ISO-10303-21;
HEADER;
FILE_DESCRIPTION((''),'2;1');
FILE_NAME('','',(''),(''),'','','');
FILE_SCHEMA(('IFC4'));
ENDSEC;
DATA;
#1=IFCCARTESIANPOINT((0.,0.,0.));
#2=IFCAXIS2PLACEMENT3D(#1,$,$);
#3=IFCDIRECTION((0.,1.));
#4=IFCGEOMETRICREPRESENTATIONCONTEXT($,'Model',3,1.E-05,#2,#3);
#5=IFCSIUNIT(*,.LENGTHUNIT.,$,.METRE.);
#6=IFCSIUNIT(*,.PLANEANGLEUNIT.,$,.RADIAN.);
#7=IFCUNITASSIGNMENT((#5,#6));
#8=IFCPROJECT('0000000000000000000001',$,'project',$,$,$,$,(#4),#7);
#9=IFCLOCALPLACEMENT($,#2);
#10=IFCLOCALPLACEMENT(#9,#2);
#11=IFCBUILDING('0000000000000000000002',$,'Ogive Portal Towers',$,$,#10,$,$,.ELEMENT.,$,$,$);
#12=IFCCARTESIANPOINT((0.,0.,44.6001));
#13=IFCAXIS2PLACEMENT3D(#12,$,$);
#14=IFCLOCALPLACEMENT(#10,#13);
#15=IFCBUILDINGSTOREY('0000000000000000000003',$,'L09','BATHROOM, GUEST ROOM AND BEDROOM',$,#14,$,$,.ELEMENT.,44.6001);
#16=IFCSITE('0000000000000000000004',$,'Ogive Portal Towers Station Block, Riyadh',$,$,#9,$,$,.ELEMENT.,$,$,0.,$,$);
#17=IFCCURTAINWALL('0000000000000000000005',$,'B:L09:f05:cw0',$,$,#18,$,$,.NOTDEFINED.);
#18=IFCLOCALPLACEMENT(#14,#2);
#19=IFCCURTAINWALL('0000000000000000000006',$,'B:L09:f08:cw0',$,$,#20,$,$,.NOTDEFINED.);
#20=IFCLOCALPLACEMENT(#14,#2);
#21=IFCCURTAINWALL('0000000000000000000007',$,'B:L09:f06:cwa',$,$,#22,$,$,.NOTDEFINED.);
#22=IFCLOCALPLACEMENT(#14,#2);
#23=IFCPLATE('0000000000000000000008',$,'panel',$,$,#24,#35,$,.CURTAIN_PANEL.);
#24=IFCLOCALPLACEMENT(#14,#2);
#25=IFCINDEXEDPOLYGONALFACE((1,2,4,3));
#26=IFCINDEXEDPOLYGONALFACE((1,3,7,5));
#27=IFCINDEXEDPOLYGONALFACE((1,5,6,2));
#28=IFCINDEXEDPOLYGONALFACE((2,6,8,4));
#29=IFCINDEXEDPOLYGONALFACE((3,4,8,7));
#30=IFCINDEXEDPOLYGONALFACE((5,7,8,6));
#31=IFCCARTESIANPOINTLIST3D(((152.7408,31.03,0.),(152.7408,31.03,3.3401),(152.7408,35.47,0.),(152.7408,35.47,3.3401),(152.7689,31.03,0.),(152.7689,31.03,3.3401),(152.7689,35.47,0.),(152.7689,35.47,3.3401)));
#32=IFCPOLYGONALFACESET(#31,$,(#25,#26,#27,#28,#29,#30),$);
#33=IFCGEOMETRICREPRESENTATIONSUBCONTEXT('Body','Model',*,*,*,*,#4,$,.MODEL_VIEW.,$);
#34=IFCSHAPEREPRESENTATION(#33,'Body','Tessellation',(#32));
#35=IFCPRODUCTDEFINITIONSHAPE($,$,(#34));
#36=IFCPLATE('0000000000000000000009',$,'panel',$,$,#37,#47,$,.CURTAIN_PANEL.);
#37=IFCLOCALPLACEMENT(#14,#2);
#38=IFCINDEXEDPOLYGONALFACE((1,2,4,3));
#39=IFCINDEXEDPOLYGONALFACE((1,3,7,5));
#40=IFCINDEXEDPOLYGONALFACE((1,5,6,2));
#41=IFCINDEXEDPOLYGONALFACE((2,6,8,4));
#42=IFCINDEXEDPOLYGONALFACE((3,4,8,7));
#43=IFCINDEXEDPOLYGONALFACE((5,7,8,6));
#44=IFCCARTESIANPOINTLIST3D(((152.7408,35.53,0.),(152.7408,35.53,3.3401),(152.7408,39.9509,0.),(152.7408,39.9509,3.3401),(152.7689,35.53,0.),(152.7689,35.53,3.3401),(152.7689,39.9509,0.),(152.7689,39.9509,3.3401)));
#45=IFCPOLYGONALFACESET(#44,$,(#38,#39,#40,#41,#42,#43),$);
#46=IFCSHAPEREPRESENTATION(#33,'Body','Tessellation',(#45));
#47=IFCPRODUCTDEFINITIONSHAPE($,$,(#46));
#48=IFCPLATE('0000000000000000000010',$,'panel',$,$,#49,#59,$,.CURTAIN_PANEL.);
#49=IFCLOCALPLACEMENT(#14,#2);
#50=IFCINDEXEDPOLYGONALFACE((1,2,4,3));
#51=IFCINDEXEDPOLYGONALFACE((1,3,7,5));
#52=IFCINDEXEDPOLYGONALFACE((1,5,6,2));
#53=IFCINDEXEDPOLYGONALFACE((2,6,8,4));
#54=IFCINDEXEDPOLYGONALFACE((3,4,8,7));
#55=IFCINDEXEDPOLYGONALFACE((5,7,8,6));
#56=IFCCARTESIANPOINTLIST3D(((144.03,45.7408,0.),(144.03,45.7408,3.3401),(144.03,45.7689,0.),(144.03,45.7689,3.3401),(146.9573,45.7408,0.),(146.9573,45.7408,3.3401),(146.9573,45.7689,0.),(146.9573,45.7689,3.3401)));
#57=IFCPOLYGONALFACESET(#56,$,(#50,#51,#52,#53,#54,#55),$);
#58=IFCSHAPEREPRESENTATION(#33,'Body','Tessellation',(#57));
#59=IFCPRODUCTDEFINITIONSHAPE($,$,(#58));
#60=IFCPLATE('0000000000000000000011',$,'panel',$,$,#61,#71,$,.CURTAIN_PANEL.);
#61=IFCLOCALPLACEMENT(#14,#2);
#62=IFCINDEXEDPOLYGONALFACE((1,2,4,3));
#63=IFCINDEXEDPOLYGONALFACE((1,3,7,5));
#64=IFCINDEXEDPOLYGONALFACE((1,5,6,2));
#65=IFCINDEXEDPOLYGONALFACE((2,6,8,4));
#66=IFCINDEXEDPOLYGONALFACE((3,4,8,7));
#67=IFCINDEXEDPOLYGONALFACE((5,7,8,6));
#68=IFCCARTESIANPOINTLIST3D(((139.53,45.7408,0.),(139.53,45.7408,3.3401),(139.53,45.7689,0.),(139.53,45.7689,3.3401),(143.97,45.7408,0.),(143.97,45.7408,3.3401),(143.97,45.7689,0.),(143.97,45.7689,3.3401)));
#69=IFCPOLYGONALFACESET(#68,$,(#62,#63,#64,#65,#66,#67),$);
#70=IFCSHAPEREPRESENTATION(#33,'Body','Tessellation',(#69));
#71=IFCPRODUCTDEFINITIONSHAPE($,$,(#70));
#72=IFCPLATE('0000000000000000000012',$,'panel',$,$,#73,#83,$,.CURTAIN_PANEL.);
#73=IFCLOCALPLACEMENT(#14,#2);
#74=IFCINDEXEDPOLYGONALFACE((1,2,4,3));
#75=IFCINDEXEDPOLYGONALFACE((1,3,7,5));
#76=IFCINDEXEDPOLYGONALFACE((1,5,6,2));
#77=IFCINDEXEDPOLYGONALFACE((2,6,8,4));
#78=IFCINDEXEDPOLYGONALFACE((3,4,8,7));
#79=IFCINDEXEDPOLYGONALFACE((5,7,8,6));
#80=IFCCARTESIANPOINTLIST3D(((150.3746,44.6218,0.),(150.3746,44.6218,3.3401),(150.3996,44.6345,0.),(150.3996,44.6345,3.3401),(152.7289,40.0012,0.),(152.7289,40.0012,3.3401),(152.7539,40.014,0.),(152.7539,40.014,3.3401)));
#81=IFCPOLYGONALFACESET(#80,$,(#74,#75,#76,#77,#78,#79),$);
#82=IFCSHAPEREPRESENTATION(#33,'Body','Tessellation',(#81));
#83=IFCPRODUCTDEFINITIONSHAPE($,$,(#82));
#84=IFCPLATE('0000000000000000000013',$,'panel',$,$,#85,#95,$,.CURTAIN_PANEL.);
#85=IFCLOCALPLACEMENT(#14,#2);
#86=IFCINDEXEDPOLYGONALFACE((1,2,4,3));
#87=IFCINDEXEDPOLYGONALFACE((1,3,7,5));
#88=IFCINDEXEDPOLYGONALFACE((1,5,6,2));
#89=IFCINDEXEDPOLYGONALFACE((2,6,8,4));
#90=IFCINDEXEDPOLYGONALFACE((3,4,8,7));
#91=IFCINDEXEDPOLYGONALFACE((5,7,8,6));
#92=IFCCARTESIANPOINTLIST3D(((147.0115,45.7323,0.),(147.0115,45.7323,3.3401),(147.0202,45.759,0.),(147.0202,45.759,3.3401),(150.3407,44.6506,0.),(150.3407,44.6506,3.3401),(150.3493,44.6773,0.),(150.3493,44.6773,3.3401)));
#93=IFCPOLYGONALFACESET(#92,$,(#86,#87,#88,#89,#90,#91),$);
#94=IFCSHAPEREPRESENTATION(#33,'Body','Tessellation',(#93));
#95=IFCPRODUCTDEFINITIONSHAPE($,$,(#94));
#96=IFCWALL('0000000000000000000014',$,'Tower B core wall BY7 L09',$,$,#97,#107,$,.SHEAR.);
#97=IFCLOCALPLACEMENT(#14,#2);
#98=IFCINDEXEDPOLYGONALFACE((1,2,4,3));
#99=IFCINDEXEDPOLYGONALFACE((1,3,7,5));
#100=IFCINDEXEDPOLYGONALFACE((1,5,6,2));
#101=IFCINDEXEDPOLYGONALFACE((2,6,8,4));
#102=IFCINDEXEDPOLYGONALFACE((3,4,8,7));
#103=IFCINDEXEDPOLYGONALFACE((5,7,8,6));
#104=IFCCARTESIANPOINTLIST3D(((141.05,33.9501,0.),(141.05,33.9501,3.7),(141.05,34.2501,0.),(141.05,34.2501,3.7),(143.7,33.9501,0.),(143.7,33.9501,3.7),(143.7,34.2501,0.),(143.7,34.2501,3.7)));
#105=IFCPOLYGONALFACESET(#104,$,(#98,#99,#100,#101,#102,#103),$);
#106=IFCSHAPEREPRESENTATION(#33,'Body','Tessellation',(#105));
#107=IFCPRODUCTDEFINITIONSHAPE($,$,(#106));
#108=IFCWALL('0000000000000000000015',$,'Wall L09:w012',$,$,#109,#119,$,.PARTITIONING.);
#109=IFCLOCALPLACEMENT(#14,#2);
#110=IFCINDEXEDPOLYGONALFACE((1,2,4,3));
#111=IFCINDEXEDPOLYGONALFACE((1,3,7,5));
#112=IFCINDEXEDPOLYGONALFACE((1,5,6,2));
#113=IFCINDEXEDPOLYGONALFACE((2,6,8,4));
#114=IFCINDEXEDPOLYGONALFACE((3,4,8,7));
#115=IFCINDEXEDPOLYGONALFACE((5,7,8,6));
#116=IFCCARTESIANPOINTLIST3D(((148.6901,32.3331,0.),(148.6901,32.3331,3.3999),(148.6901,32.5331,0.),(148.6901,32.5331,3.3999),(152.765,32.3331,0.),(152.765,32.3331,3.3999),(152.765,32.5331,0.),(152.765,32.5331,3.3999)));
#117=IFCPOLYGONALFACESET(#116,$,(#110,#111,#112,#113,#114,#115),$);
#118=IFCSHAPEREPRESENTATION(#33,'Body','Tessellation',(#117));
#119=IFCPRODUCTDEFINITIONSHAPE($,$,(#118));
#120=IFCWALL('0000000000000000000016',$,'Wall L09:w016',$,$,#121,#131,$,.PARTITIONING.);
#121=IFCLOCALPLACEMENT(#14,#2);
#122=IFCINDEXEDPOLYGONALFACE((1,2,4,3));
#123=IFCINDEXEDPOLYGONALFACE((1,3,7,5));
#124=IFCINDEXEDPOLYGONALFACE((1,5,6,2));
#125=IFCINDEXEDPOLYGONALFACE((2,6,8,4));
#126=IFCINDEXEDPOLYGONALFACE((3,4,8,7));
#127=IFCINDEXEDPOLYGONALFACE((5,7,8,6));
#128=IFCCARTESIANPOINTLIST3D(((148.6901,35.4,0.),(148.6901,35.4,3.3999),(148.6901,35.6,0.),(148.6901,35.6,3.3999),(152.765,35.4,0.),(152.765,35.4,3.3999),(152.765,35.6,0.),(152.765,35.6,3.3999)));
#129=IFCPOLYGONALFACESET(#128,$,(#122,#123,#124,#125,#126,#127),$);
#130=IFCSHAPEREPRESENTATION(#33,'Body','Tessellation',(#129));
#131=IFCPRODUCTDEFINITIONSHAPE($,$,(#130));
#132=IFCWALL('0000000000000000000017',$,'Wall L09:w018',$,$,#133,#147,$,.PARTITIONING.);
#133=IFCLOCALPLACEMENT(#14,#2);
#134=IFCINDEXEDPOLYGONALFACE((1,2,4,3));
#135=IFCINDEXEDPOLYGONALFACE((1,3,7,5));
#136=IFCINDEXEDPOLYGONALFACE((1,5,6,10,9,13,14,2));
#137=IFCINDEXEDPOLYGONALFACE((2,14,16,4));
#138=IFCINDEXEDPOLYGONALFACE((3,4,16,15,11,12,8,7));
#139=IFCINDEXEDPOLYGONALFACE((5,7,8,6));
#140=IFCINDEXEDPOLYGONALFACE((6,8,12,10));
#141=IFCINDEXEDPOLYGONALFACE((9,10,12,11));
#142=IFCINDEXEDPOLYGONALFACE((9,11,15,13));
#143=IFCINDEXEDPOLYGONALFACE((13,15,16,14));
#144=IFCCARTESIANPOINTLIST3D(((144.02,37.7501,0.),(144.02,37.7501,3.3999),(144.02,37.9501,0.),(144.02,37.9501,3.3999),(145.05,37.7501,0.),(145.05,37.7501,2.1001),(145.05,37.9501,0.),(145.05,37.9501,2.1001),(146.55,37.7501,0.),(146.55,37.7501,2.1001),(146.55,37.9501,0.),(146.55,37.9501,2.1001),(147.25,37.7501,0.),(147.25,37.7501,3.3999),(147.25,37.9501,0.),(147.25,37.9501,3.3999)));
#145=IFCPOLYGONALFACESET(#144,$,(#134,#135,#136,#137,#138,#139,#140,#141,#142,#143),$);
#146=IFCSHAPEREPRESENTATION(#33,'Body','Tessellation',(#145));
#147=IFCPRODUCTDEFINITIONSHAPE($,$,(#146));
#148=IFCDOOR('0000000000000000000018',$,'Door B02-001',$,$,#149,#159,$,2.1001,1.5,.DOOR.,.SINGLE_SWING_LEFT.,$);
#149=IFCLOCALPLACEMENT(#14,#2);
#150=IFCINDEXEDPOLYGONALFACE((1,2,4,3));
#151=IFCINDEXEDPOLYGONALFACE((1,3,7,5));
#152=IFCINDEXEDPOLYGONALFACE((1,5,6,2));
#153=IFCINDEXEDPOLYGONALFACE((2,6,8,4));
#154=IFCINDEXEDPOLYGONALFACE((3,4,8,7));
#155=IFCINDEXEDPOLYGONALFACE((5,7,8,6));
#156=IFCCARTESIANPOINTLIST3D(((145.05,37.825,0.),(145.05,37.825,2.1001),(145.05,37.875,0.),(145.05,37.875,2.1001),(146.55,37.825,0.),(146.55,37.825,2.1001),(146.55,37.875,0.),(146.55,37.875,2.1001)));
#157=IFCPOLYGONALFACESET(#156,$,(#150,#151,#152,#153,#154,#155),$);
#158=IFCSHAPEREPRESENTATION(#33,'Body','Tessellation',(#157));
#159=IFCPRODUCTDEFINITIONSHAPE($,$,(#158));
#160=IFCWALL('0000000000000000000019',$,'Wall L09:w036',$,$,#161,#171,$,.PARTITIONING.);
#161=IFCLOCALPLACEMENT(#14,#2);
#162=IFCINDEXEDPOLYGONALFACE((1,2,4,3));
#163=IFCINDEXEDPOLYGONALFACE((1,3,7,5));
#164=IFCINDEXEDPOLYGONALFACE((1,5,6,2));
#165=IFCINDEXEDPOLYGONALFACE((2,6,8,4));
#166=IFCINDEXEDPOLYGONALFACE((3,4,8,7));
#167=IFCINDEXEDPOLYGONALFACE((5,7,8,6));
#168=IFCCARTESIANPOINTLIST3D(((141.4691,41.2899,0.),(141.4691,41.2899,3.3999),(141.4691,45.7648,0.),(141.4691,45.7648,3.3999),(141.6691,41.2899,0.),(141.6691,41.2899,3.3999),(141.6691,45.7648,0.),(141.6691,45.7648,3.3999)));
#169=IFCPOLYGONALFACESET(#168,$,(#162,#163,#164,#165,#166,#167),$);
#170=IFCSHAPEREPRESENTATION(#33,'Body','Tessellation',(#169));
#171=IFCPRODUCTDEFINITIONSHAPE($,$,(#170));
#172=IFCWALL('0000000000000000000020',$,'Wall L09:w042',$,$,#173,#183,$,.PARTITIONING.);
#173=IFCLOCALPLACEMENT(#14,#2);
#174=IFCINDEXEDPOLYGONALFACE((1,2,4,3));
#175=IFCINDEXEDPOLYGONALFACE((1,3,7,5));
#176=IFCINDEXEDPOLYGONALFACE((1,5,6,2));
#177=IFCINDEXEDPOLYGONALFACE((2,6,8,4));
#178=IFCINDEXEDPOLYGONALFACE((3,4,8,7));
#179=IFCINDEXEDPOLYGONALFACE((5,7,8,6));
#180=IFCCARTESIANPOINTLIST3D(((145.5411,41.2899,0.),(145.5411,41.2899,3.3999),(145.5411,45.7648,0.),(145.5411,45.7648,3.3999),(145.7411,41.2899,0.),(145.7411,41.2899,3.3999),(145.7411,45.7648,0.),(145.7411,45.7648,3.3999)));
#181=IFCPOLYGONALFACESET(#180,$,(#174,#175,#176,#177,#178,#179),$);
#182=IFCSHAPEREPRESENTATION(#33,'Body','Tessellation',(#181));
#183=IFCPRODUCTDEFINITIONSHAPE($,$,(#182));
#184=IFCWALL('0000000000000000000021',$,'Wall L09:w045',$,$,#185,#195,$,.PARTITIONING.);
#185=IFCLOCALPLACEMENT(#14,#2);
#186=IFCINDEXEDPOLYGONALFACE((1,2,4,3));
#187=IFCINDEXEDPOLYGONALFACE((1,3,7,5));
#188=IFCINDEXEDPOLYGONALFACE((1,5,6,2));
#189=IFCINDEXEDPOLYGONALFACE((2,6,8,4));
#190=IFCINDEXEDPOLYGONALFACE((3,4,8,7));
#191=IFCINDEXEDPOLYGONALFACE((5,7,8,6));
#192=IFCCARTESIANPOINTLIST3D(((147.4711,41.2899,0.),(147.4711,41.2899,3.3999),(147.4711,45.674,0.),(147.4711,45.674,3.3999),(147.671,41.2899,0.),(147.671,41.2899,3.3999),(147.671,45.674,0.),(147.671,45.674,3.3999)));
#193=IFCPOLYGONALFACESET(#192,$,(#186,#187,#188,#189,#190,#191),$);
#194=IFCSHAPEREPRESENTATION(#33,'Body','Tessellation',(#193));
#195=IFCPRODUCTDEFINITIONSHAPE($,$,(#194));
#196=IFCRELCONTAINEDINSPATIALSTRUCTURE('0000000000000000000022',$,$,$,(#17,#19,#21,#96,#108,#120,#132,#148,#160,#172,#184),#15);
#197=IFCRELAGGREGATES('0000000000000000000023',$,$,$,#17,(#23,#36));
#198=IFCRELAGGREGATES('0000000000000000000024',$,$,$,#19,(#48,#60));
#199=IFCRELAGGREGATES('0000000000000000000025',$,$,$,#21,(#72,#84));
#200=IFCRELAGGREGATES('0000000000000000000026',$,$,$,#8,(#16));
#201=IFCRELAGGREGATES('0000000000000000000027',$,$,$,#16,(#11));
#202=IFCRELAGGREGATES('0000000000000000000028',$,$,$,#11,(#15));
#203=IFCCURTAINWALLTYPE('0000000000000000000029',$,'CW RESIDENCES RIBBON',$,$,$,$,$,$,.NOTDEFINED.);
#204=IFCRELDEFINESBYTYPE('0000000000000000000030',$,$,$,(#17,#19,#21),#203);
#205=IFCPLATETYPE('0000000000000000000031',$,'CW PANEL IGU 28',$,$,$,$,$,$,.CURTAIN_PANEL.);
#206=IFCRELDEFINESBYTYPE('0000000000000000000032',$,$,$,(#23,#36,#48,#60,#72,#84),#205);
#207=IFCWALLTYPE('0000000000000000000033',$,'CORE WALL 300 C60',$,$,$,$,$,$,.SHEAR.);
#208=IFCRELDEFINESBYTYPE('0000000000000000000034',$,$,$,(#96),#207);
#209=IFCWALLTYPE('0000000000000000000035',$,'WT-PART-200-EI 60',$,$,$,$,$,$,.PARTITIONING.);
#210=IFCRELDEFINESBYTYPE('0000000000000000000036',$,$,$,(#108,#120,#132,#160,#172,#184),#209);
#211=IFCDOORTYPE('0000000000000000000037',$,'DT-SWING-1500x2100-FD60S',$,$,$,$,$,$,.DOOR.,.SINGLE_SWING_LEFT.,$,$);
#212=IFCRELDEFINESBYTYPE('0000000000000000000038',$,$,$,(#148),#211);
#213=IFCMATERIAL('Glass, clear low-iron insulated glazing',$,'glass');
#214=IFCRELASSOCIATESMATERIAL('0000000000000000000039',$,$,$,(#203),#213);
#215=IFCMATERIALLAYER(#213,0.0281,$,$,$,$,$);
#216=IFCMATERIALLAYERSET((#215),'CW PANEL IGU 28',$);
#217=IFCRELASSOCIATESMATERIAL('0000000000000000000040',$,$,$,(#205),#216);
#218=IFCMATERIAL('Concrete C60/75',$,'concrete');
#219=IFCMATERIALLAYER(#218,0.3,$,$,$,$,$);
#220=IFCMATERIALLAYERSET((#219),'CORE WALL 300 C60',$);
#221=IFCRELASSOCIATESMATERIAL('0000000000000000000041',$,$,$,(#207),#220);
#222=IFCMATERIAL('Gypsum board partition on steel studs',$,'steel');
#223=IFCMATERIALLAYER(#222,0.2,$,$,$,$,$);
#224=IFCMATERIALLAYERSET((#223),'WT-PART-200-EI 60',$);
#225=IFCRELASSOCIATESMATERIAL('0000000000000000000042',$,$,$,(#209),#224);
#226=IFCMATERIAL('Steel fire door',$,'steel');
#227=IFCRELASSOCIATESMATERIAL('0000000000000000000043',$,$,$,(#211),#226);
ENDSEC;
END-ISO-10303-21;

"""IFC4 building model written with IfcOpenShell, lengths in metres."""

from ifc_helpers import new_model, si_unit, direction, frame, frame_2d, origin, origin_2d, place, context, subcontext, project, spatial, rectangle, extrude, material, layer, layer_set, type_object, element, fill, aggregate, save


model = new_model("IFC4")

# Units and contexts
model_context = context("Model", 3, precision=1e-05, world=origin(), true_north=direction((0.0, 1.0)))
body_context = subcontext(model_context, "Body", "Model", "MODEL_VIEW")
ifc_project = project(units=[si_unit("LENGTHUNIT", "METRE"), si_unit("PLANEANGLEUNIT", "RADIAN")], contexts=[model_context])

# Site, building, storey
site_placement = place(None, origin())
site = spatial("IfcSite", under=ifc_project, at=site_placement, Name="Ogive Portal Towers Station Block, Riyadh", CompositionType="ELEMENT", RefElevation=0.0)
building_placement = place(site_placement, origin())
building = spatial("IfcBuilding", under=site, at=building_placement, Name="Ogive Portal Towers", CompositionType="ELEMENT")
storey_placement = place(building_placement, frame((0.0, 0.0, 44.6001)))
storey = spatial("IfcBuildingStorey", under=building, at=storey_placement, Name="L09", Description="BATHROOM, GUEST ROOM AND BEDROOM", CompositionType="ELEMENT", Elevation=44.6001)

# Shared definitions
ifc_material_1 = material(Name="Concrete C60/75", Category="concrete")

# Curtain walls
ifc_material_2 = material(Name="Glass, clear low-iron insulated glazing", Category="glass")
curtain_wall_type = type_object("IfcCurtainWallType", Name="CW RESIDENCES RIBBON", PredefinedType="NOTDEFINED", material=ifc_material_2)
curtain_wall_1_placement = place(storey_placement, origin())
curtain_wall_1 = element("IfcCurtainWall", 1, at=curtain_wall_1_placement, inside=storey, type_object=curtain_wall_type, Name="B:L09:f05:cw0", PredefinedType="NOTDEFINED")
curtain_wall_2_placement = place(storey_placement, origin())
curtain_wall_2 = element("IfcCurtainWall", 2, at=curtain_wall_2_placement, inside=storey, type_object=curtain_wall_type, Name="B:L09:f08:cw0", PredefinedType="NOTDEFINED")

# Curtain wall
curtain_wall_3_placement = place(storey_placement, origin())
curtain_wall_3 = element("IfcCurtainWall", 3, at=curtain_wall_3_placement, inside=storey, type_object=curtain_wall_type, Name="B:L09:f06:cwa", PredefinedType="NOTDEFINED")

# Plates
ifc_layer_1 = layer(ifc_material_2, 0.0281)
ifc_layer_set_1 = layer_set([ifc_layer_1], Name="CW PANEL IGU 28")
plate_type = type_object("IfcPlateType", Name="CW PANEL IGU 28", PredefinedType="CURTAIN_PANEL", material=ifc_layer_set_1)
plate_1_placement = place(storey_placement, frame((152.7549, 33.25, 0.0), z_axis=(0.0, 0.0, 1.0), x_axis=(0.0, 1.0, 0.0)))
plate_1 = element("IfcPlate", 4, at=plate_1_placement, type_object=plate_type, Name="panel", PredefinedType="CURTAIN_PANEL", context=body_context, shape_type="SweptSolid", body=[
    extrude(rectangle(XDim=4.4399, YDim=0.0281, at=origin_2d()), origin(), (0.0, 0.0, 1.0), 3.3401),
])
plate_2_placement = place(storey_placement, frame((152.7549, 37.7405, 0.0), z_axis=(0.0, 0.0, 1.0), x_axis=(0.0, 1.0, 0.0)))
plate_2 = element("IfcPlate", 5, at=plate_2_placement, type_object=plate_type, Name="panel", PredefinedType="CURTAIN_PANEL", context=body_context, shape_type="SweptSolid", body=[
    extrude(rectangle(XDim=4.4209, YDim=0.0281, at=origin_2d()), origin(), (0.0, 0.0, 1.0), 3.3401),
])
aggregate(curtain_wall_1, [plate_1, plate_2])
plate_3_placement = place(storey_placement, frame((145.4937, 45.7549, 0.0), z_axis=(0.0, 0.0, 1.0), x_axis=(-1.0, 0.0, 0.0)))
plate_3 = element("IfcPlate", 6, at=plate_3_placement, type_object=plate_type, Name="panel", PredefinedType="CURTAIN_PANEL", context=body_context, shape_type="SweptSolid", body=[
    extrude(rectangle(XDim=2.9272, YDim=0.0281, at=origin_2d()), origin(), (0.0, 0.0, 1.0), 3.3401),
])
plate_4_placement = place(storey_placement, frame((141.75, 45.7549, 0.0), z_axis=(0.0, 0.0, 1.0), x_axis=(-1.0, 0.0, 0.0)))
plate_4 = element("IfcPlate", 7, at=plate_4_placement, type_object=plate_type, Name="panel", PredefinedType="CURTAIN_PANEL", context=body_context, shape_type="SweptSolid", body=[
    extrude(rectangle(XDim=4.4399, YDim=0.0281, at=origin_2d()), origin(), (0.0, 0.0, 1.0), 3.3401),
])
aggregate(curtain_wall_2, [plate_3, plate_4])
plate_5_placement = place(storey_placement, frame((151.5642, 42.3179, 0.0), z_axis=(0.0, 0.0, 1.0), x_axis=(-0.45399, 0.891007, 0.0)))
plate_5 = element("IfcPlate", 8, at=plate_5_placement, type_object=plate_type, Name="panel", PredefinedType="CURTAIN_PANEL", context=body_context, shape_type="SweptSolid", body=[
    extrude(rectangle(XDim=5.1858, YDim=0.0281, at=origin_2d()), origin(), (0.0, 0.0, 1.0), 3.3401),
])
plate_6_placement = place(storey_placement, frame((148.6804, 45.2048, 0.0), z_axis=(0.0, 0.0, 1.0), x_axis=(-0.951057, 0.309017, 0.0)))
plate_6 = element("IfcPlate", 9, at=plate_6_placement, type_object=plate_type, Name="panel", PredefinedType="CURTAIN_PANEL", context=body_context, shape_type="SweptSolid", body=[
    extrude(rectangle(XDim=3.5005, YDim=0.0281, at=origin_2d()), origin(), (0.0, 0.0, 1.0), 3.3401),
])
aggregate(curtain_wall_3, [plate_5, plate_6])

# Shared definitions
ifc_layer_2 = layer(ifc_material_1, 0.3)
ifc_layer_set_2 = layer_set([ifc_layer_2], Name="CORE WALL 300 C60")
wall_type_1 = type_object("IfcWallType", Name="CORE WALL 300 C60", PredefinedType="SHEAR", material=ifc_layer_set_2)

# Walls
wall_1_placement = place(storey_placement, frame((141.05, 34.1001, 0.0), z_axis=(0.0, 0.0, 1.0), x_axis=(1.0, 0.0, 0.0)))
element("IfcWall", 10, at=wall_1_placement, inside=storey, type_object=wall_type_1, Name="Tower B core wall BY7 L09", PredefinedType="SHEAR", context=body_context, shape_type="SweptSolid", body=[
    extrude(rectangle(XDim=2.6499, YDim=0.3, at=frame_2d((1.325, 0.0))), origin(), (0.0, 0.0, 1.0), 3.7),
])
ifc_material_3 = material(Name="Gypsum board partition on steel studs", Category="steel")
ifc_layer_3 = layer(ifc_material_3, 0.2)
ifc_layer_set_3 = layer_set([ifc_layer_3], Name="WT-PART-200-EI 60")
wall_type_2 = type_object("IfcWallType", Name="WT-PART-200-EI 60", PredefinedType="PARTITIONING", material=ifc_layer_set_3)
for number, where, z_axis, x_axis, name in (
    (11, (148.6899, 32.4331, 0.0), (0.0, 0.0, 1.0), (1.0, 0.0, 0.0), "Wall L09:w012"),
    (12, (148.6899, 35.5, 0.0), (0.0, 0.0, 1.0), (1.0, 0.0, 0.0), "Wall L09:w016"),
):
    element("IfcWall", number, at=place(storey_placement, frame(where, z_axis=z_axis, x_axis=x_axis)), inside=storey, type_object=wall_type_2, Name=name, PredefinedType="PARTITIONING", context=body_context, shape_type="SweptSolid", body=[
        extrude(rectangle(XDim=4.075, YDim=0.2, at=frame_2d((2.0376, 0.0))), origin(), (0.0, 0.0, 1.0), 3.3999),
    ])

# Wall, opening, door
wall_2_placement = place(storey_placement, frame((144.02, 37.8501, 0.0), z_axis=(0.0, 0.0, 1.0), x_axis=(1.0, 0.0, 0.0)))
wall_2 = element("IfcWall", 13, at=wall_2_placement, inside=storey, type_object=wall_type_2, Name="Wall L09:w018", PredefinedType="PARTITIONING", context=body_context, shape_type="SweptSolid", body=[
    extrude(rectangle(XDim=3.23, YDim=0.2, at=frame_2d((1.615, 0.0))), origin(), (0.0, 0.0, 1.0), 3.3999),
])
opening_1_placement = place(wall_2_placement, frame((1.03, 0.0, 0.0)))
opening_1 = element("IfcOpeningElement", 14, at=opening_1_placement, cuts=wall_2, PredefinedType="OPENING", context=body_context, shape_type="SweptSolid", body=[
    extrude(rectangle(XDim=1.5, YDim=2.1001, at=frame_2d((0.75, 1.05))), frame((0.0, 0.1099, 0.0), z_axis=(0.0, -1.0, 0.0), x_axis=(1.0, 0.0, 0.0)), (0.0, 0.0, 1.0), 0.22),
])
ifc_material_4 = material(Name="Steel fire door", Category="steel")
door_type_1 = type_object("IfcDoorType", Name="DT-SWING-1500x2100-FD60S", OperationType="SINGLE_SWING_LEFT", PredefinedType="DOOR", material=ifc_material_4)
door_1_placement = place(opening_1_placement, origin())
door_1 = element("IfcDoor", 15, at=door_1_placement, inside=storey, type_object=door_type_1, Name="Door B02-001", OperationType="SINGLE_SWING_LEFT", OverallHeight=2.1001, OverallWidth=1.5, PredefinedType="DOOR", context=body_context, shape_type="SweptSolid", body=[
    extrude(rectangle(XDim=1.5, YDim=2.1001, at=frame_2d((0.75, 1.05))), frame((0.0, 0.0249, 0.0), z_axis=(0.0, -1.0, 0.0), x_axis=(1.0, 0.0, 0.0)), (0.0, 0.0, 1.0), 0.05),
])
fill(opening_1, door_1)

# Walls
for number, where, z_axis, x_axis, name in (
    (16, (141.5691, 41.29, 0.0), (0.0, 0.0, 1.0), (0.0, 1.0, 0.0), "Wall L09:w036"),
    (17, (145.6411, 41.29, 0.0), (0.0, 0.0, 1.0), (0.0, 1.0, 0.0), "Wall L09:w042"),
):
    element("IfcWall", number, at=place(storey_placement, frame(where, z_axis=z_axis, x_axis=x_axis)), inside=storey, type_object=wall_type_2, Name=name, PredefinedType="PARTITIONING", context=body_context, shape_type="SweptSolid", body=[
        extrude(rectangle(XDim=4.4749, YDim=0.2, at=frame_2d((2.2373, 0.0))), origin(), (0.0, 0.0, 1.0), 3.3999),
    ])
wall_3_placement = place(storey_placement, frame((147.571, 41.29, 0.0), z_axis=(0.0, 0.0, 1.0), x_axis=(0.0, 1.0, 0.0)))
element("IfcWall", 18, at=wall_3_placement, inside=storey, type_object=wall_type_2, Name="Wall L09:w045", PredefinedType="PARTITIONING", context=body_context, shape_type="SweptSolid", body=[
    extrude(rectangle(XDim=4.384, YDim=0.2, at=frame_2d((2.1919, 0.0))), origin(), (0.0, 0.0, 1.0), 3.3999),
])

save(model, "model.ifc")
